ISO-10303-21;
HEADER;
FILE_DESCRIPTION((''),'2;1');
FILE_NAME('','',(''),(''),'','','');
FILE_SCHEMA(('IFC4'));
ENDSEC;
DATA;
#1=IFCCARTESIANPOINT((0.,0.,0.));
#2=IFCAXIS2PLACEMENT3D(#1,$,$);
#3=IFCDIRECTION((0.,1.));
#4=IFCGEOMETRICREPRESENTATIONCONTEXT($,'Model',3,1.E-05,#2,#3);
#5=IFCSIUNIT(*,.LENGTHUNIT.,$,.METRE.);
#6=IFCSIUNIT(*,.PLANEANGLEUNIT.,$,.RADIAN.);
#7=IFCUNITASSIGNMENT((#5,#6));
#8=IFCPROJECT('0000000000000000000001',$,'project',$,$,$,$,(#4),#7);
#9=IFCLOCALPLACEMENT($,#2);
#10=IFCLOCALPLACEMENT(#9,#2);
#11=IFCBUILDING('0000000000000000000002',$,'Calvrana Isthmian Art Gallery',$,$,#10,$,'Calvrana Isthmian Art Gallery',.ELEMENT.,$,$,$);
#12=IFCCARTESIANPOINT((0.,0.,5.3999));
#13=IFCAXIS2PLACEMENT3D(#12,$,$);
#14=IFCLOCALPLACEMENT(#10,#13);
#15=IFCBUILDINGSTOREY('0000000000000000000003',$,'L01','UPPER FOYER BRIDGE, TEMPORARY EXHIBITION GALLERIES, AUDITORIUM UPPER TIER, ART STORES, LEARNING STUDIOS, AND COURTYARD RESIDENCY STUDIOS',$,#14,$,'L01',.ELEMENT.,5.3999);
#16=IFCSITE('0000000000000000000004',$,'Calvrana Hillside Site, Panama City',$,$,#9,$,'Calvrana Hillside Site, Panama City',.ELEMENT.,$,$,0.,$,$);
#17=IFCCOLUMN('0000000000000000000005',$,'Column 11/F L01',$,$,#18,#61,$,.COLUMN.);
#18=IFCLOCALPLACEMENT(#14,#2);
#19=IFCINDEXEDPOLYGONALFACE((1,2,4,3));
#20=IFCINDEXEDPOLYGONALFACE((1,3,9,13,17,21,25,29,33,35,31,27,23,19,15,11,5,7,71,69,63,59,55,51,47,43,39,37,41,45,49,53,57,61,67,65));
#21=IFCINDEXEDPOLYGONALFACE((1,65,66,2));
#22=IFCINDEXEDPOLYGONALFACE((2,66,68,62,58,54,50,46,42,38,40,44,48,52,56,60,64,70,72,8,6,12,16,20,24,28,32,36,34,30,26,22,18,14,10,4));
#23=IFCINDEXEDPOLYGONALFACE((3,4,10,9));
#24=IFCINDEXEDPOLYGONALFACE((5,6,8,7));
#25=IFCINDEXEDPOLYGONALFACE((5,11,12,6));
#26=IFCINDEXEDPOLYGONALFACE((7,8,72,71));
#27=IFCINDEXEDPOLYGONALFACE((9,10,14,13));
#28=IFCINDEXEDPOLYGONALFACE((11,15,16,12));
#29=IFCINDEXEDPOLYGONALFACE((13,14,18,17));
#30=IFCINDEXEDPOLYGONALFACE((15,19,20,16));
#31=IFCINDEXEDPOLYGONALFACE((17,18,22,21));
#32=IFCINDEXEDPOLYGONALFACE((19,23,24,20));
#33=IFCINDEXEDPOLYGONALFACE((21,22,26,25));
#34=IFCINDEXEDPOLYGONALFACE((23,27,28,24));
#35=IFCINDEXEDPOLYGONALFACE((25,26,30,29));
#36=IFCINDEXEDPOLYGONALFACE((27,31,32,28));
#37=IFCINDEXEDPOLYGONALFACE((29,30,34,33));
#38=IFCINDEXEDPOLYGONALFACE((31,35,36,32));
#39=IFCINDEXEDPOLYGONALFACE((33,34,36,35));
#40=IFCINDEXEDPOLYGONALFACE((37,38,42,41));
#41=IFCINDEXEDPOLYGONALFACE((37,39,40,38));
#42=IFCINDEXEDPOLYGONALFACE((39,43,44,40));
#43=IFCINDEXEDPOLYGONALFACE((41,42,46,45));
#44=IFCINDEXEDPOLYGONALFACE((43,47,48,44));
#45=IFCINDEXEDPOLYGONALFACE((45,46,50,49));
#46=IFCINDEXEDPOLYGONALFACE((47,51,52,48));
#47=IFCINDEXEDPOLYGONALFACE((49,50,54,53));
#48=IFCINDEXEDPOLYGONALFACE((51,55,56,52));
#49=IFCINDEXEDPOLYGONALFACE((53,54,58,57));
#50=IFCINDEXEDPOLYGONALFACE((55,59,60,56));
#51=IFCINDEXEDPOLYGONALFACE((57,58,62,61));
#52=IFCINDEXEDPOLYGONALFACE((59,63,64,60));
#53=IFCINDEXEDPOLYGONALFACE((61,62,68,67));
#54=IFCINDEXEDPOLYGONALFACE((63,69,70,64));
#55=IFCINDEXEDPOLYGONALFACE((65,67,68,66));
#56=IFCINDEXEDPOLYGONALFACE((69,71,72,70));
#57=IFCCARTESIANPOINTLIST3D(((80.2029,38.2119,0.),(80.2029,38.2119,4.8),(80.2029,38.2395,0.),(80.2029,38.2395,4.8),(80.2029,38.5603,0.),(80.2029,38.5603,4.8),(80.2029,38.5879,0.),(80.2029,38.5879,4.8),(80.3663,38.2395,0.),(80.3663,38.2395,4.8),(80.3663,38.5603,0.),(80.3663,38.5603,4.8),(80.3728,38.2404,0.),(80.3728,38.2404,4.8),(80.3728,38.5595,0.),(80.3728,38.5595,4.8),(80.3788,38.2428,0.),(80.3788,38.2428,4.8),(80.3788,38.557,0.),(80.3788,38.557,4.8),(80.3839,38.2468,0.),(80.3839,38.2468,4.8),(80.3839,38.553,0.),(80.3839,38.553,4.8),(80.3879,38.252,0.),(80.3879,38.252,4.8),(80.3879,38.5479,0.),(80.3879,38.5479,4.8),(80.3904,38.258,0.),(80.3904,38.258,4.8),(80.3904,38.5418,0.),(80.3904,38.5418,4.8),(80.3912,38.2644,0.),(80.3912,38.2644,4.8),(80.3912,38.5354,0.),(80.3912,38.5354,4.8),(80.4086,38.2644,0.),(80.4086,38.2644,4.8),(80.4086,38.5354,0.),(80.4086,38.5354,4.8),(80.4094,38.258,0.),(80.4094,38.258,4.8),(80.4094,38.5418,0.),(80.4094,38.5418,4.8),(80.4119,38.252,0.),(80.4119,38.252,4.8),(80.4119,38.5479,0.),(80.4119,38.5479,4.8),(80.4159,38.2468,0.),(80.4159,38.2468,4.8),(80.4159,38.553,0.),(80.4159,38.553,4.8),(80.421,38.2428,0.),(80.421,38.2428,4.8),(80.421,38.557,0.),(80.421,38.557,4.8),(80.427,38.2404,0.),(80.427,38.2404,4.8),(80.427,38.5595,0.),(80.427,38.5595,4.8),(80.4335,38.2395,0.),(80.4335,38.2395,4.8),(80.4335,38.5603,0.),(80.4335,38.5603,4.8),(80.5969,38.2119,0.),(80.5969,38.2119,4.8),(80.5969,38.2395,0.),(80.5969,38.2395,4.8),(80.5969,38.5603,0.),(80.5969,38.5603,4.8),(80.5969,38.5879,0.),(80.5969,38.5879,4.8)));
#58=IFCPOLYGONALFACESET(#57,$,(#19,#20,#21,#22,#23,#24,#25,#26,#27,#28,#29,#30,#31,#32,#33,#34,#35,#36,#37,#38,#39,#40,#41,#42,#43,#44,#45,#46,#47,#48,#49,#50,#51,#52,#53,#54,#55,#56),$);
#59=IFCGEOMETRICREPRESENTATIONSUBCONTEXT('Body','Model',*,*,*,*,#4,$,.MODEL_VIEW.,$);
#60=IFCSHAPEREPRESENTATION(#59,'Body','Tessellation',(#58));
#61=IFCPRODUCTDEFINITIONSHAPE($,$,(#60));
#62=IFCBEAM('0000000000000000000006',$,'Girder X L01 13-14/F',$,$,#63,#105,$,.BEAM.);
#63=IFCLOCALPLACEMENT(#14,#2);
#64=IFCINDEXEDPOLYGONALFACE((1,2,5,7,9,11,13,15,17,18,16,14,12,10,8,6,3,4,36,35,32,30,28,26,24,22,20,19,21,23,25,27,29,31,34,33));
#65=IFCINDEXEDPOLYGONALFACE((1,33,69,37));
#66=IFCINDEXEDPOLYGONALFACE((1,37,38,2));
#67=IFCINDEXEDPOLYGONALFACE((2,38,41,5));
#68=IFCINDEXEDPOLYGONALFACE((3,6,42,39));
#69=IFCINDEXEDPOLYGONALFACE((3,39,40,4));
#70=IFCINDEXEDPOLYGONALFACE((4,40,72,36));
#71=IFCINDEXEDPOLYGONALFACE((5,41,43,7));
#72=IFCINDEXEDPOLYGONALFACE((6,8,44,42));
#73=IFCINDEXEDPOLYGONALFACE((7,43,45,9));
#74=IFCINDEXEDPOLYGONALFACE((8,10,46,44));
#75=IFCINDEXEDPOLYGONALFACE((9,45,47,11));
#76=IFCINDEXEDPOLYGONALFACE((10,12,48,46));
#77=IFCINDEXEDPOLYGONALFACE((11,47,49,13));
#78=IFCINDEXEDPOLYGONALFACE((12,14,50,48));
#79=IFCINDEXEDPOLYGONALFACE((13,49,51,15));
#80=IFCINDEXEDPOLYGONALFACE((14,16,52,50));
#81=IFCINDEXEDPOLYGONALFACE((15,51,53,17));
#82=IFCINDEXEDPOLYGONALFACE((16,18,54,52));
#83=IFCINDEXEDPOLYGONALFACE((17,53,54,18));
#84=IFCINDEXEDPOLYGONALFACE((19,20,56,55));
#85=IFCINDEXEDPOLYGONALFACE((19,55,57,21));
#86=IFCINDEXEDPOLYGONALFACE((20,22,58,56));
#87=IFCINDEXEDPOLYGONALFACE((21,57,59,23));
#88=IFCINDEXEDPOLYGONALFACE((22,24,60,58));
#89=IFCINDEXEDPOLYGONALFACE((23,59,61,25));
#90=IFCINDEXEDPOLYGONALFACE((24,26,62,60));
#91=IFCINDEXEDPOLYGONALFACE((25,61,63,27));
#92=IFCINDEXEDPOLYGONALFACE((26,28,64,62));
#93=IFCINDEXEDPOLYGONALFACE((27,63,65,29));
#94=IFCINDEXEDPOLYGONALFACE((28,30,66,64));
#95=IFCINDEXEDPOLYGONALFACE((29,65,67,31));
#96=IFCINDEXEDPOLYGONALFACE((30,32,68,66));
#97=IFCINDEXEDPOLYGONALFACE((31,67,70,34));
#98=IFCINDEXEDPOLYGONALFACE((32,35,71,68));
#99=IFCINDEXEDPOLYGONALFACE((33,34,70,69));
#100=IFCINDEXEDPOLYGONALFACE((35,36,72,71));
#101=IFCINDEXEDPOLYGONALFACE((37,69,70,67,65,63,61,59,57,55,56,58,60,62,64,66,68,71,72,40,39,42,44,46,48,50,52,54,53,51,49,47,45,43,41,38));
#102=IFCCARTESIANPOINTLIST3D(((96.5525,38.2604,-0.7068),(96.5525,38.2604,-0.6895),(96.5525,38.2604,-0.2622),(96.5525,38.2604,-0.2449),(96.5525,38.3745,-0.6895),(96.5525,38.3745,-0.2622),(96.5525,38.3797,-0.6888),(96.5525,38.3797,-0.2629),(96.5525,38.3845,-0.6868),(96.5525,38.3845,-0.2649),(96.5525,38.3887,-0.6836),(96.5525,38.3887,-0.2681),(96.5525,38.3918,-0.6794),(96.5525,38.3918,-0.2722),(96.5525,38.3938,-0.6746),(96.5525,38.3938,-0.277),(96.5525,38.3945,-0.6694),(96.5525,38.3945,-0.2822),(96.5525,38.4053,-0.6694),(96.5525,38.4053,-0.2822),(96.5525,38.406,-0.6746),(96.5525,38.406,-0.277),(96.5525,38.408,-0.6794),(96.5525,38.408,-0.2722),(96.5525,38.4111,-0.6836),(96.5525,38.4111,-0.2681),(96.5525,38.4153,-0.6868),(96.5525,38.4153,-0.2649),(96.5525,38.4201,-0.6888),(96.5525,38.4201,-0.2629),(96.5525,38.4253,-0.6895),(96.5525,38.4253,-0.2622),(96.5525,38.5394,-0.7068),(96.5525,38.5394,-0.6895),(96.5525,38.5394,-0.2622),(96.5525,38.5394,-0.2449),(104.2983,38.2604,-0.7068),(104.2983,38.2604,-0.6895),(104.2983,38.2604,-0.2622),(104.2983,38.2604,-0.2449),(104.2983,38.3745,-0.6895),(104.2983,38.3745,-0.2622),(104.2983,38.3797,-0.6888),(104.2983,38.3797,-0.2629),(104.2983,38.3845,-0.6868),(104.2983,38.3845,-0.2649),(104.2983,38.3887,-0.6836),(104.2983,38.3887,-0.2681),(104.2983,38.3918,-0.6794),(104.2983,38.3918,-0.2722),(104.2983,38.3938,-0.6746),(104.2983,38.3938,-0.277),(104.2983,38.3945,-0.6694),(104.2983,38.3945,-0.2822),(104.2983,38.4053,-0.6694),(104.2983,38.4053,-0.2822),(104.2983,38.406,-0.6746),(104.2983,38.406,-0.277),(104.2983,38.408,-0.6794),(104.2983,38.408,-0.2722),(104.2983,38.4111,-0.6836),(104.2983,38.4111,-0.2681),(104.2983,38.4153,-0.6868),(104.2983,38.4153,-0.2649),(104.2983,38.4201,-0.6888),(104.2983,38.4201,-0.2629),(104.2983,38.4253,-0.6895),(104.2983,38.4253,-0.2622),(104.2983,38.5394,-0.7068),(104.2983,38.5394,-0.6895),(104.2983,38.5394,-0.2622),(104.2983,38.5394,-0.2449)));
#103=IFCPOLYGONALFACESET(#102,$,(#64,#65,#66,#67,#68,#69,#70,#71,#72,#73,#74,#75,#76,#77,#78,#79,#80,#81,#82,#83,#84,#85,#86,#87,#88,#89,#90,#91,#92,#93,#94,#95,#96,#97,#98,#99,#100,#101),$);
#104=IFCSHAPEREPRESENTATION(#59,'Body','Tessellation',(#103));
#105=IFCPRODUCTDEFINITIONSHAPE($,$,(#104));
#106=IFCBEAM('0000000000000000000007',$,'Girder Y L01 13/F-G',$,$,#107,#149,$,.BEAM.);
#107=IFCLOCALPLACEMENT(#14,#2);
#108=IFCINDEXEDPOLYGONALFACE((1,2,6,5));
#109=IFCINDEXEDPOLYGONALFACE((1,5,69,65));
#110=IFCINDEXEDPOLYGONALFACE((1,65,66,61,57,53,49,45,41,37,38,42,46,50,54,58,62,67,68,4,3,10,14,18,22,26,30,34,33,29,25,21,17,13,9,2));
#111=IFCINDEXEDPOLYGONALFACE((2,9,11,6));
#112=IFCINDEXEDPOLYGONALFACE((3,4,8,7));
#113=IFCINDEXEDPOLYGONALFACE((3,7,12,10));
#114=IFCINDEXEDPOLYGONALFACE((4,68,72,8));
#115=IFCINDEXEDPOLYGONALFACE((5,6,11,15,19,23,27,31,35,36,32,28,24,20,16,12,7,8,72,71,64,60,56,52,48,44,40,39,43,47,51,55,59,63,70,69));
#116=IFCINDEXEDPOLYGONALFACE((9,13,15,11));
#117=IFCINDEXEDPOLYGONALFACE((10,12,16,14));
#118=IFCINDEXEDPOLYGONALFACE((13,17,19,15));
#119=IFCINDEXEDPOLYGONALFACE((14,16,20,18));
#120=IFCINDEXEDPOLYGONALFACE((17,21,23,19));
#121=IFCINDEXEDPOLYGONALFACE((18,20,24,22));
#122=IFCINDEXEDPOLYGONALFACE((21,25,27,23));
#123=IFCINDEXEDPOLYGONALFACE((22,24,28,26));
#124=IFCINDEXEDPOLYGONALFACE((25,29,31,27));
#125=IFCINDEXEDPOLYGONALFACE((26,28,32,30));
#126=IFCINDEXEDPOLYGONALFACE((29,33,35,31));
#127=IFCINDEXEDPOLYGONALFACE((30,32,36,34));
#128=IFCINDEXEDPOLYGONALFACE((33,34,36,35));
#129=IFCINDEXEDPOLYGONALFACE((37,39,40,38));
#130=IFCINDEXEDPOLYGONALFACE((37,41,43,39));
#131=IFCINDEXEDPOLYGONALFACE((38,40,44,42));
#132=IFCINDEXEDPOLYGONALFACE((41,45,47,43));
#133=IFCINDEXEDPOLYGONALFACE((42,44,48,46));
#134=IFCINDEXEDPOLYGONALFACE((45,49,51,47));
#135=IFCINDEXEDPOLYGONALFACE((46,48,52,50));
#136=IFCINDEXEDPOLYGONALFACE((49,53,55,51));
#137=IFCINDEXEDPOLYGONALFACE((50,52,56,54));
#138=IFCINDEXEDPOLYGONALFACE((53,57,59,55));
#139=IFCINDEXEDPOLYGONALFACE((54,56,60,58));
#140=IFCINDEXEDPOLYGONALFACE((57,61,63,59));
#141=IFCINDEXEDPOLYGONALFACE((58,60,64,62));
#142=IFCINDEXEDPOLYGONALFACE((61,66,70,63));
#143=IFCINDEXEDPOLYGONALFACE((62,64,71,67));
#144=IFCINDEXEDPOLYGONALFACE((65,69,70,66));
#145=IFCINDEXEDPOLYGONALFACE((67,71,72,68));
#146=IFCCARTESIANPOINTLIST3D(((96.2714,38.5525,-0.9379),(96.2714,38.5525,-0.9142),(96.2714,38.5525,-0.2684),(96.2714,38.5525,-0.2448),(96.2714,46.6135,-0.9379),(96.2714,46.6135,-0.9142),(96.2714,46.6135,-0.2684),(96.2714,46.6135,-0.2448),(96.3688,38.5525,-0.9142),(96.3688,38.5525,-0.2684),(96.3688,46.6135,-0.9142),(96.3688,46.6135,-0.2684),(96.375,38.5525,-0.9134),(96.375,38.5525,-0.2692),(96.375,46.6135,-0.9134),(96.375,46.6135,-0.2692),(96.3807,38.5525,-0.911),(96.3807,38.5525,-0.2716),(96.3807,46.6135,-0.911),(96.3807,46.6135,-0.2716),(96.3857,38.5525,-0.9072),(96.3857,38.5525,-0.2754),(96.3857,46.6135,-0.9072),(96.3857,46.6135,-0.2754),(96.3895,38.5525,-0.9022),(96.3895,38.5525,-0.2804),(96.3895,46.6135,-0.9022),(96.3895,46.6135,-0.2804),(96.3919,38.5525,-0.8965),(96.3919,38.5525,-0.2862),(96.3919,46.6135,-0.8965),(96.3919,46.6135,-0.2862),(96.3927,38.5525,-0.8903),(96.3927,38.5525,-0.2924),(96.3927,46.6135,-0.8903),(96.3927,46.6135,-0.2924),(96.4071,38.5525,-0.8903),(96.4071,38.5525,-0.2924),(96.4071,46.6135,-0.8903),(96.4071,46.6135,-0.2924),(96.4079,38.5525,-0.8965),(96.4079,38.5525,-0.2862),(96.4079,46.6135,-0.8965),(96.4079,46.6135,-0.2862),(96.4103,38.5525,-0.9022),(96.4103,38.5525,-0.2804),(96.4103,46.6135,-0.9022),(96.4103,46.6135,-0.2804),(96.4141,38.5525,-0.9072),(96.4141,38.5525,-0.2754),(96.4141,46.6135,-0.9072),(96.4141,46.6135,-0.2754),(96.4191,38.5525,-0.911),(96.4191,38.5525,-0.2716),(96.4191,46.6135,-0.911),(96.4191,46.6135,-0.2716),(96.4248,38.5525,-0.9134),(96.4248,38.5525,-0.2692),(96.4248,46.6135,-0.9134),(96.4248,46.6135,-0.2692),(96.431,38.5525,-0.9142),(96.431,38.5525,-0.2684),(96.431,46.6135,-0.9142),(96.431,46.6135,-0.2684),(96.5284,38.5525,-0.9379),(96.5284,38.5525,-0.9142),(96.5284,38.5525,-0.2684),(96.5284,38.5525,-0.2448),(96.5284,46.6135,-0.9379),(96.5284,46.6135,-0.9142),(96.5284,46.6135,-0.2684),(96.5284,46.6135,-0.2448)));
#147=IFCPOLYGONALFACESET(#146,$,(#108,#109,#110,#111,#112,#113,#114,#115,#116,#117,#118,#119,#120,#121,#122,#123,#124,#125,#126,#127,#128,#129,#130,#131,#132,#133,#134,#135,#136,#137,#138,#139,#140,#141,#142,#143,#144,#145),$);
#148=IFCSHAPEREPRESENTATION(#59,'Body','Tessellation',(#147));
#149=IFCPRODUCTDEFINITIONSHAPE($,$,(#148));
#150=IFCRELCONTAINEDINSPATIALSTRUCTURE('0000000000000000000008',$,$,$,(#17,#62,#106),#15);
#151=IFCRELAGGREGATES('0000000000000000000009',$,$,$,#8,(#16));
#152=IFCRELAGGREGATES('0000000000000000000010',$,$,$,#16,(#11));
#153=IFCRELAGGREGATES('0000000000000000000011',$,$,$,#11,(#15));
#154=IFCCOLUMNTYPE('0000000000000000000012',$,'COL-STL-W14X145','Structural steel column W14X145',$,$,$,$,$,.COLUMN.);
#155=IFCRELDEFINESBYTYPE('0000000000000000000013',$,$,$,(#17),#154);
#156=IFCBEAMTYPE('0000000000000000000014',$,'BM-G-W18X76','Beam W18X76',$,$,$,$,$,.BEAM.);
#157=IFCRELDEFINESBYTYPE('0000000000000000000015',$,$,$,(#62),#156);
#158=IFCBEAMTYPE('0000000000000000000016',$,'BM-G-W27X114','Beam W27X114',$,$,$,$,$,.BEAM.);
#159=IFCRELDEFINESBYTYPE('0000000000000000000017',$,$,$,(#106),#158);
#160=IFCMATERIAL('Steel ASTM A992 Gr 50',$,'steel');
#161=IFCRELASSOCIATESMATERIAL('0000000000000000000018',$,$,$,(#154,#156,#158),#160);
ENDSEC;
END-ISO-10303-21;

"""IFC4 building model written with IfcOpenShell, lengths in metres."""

from ifc_helpers import new_model, si_unit, direction, frame, origin, origin_2d, place, context, subcontext, project, spatial, i_section, extrude, material, material_profile, profile_set, type_object, element, save


model = new_model("IFC4")

# Units and contexts
model_context = context("Model", 3, precision=1e-05, world=origin(), true_north=direction((0.0, 1.0)))
body_context = subcontext(model_context, "Body", "Model", "MODEL_VIEW")
ifc_project = project(units=[si_unit("LENGTHUNIT", "METRE"), si_unit("PLANEANGLEUNIT", "RADIAN")], contexts=[model_context])

# Site, building, storey
site_placement = place(None, origin())
site = spatial("IfcSite", under=ifc_project, at=site_placement, Name="Calvrana Hillside Site, Panama City", LongName="Calvrana Hillside Site, Panama City", CompositionType="ELEMENT", RefElevation=0.0)
building_placement = place(site_placement, origin())
building = spatial("IfcBuilding", under=site, at=building_placement, Name="Calvrana Isthmian Art Gallery", LongName="Calvrana Isthmian Art Gallery", CompositionType="ELEMENT")
storey_placement = place(building_placement, frame((0.0, 0.0, 5.3999)))
storey = spatial("IfcBuildingStorey", under=building, at=storey_placement, Name="L01", Description="UPPER FOYER BRIDGE, TEMPORARY EXHIBITION GALLERIES, AUDITORIUM UPPER TIER, ART STORES, LEARNING STUDIOS, AND COURTYARD RESIDENCY STUDIOS", LongName="L01", CompositionType="ELEMENT", Elevation=5.3999)

# Column
ifc_material_1 = material(Name="Steel ASTM A992 Gr 50", Category="steel")
ifc_material_profile_1 = material_profile(ifc_material_1, i_section(OverallWidth=0.394, OverallDepth=0.376, WebThickness=0.0173, FlangeThickness=0.0276, FilletRadius=0.0249, at=origin_2d()), Name="W14X145")
ifc_profile_set_1 = profile_set([ifc_material_profile_1], Name="Steel ASTM A992 Gr 50")
column_type = type_object("IfcColumnType", Name="COL-STL-W14X145", Description="Structural steel column W14X145", PredefinedType="COLUMN", material=ifc_profile_set_1)
column_placement = place(storey_placement, frame((80.3999, 38.3999, 0.0), z_axis=(0.0, 0.0, 1.0), x_axis=(1.0, 0.0, 0.0)))
element("IfcColumn", 1, at=column_placement, inside=storey, type_object=column_type, Name="Column 11/F L01", PredefinedType="COLUMN", context=body_context, shape_type="SweptSolid", body=[
    extrude(i_section(OverallWidth=0.394, OverallDepth=0.376, WebThickness=0.0173, FlangeThickness=0.0276, FilletRadius=0.0249, at=origin_2d()), origin(), (0.0, 0.0, 1.0), 4.8),
])

# Beams
ifc_material_profile_2 = material_profile(ifc_material_1, i_section(OverallWidth=0.2791, OverallDepth=0.4619, WebThickness=0.0107, FlangeThickness=0.0173, FilletRadius=0.02, at=origin_2d()), Name="W18X76")
ifc_profile_set_2 = profile_set([ifc_material_profile_2], Name="Steel ASTM A992 Gr 50")
beam_type_1 = type_object("IfcBeamType", Name="BM-G-W18X76", Description="Beam W18X76", PredefinedType="BEAM", material=ifc_profile_set_2)
beam_1_placement = place(storey_placement, frame((96.5525, 38.3999, -0.4758), z_axis=(1.0, 0.0, 0.0), x_axis=(0.0, 1.0, 0.0)))
element("IfcBeam", 2, at=beam_1_placement, inside=storey, type_object=beam_type_1, Name="Girder X L01 13-14/F", PredefinedType="BEAM", context=body_context, shape_type="SweptSolid", body=[
    extrude(i_section(OverallWidth=0.2791, OverallDepth=0.4619, WebThickness=0.0107, FlangeThickness=0.0173, FilletRadius=0.02, at=origin_2d()), origin(), (0.0, 0.0, 1.0), 7.7458),
])
ifc_material_profile_3 = material_profile(ifc_material_1, i_section(OverallWidth=0.2571, OverallDepth=0.6931, WebThickness=0.0144, FlangeThickness=0.0237, FilletRadius=0.0239, at=origin_2d()), Name="W27X114")
ifc_profile_set_3 = profile_set([ifc_material_profile_3], Name="Steel ASTM A992 Gr 50")
beam_type_2 = type_object("IfcBeamType", Name="BM-G-W27X114", Description="Beam W27X114", PredefinedType="BEAM", material=ifc_profile_set_3)
beam_2_placement = place(storey_placement, frame((96.3999, 38.5525, -0.5913), z_axis=(0.0, 1.0, 0.0), x_axis=(-1.0, 0.0, 0.0)))
element("IfcBeam", 3, at=beam_2_placement, inside=storey, type_object=beam_type_2, Name="Girder Y L01 13/F-G", PredefinedType="BEAM", context=body_context, shape_type="SweptSolid", body=[
    extrude(i_section(OverallWidth=0.2571, OverallDepth=0.6931, WebThickness=0.0144, FlangeThickness=0.0237, FilletRadius=0.0239, at=origin_2d()), origin(), (0.0, 0.0, 1.0), 8.061),
])

save(model, "model.ifc")
